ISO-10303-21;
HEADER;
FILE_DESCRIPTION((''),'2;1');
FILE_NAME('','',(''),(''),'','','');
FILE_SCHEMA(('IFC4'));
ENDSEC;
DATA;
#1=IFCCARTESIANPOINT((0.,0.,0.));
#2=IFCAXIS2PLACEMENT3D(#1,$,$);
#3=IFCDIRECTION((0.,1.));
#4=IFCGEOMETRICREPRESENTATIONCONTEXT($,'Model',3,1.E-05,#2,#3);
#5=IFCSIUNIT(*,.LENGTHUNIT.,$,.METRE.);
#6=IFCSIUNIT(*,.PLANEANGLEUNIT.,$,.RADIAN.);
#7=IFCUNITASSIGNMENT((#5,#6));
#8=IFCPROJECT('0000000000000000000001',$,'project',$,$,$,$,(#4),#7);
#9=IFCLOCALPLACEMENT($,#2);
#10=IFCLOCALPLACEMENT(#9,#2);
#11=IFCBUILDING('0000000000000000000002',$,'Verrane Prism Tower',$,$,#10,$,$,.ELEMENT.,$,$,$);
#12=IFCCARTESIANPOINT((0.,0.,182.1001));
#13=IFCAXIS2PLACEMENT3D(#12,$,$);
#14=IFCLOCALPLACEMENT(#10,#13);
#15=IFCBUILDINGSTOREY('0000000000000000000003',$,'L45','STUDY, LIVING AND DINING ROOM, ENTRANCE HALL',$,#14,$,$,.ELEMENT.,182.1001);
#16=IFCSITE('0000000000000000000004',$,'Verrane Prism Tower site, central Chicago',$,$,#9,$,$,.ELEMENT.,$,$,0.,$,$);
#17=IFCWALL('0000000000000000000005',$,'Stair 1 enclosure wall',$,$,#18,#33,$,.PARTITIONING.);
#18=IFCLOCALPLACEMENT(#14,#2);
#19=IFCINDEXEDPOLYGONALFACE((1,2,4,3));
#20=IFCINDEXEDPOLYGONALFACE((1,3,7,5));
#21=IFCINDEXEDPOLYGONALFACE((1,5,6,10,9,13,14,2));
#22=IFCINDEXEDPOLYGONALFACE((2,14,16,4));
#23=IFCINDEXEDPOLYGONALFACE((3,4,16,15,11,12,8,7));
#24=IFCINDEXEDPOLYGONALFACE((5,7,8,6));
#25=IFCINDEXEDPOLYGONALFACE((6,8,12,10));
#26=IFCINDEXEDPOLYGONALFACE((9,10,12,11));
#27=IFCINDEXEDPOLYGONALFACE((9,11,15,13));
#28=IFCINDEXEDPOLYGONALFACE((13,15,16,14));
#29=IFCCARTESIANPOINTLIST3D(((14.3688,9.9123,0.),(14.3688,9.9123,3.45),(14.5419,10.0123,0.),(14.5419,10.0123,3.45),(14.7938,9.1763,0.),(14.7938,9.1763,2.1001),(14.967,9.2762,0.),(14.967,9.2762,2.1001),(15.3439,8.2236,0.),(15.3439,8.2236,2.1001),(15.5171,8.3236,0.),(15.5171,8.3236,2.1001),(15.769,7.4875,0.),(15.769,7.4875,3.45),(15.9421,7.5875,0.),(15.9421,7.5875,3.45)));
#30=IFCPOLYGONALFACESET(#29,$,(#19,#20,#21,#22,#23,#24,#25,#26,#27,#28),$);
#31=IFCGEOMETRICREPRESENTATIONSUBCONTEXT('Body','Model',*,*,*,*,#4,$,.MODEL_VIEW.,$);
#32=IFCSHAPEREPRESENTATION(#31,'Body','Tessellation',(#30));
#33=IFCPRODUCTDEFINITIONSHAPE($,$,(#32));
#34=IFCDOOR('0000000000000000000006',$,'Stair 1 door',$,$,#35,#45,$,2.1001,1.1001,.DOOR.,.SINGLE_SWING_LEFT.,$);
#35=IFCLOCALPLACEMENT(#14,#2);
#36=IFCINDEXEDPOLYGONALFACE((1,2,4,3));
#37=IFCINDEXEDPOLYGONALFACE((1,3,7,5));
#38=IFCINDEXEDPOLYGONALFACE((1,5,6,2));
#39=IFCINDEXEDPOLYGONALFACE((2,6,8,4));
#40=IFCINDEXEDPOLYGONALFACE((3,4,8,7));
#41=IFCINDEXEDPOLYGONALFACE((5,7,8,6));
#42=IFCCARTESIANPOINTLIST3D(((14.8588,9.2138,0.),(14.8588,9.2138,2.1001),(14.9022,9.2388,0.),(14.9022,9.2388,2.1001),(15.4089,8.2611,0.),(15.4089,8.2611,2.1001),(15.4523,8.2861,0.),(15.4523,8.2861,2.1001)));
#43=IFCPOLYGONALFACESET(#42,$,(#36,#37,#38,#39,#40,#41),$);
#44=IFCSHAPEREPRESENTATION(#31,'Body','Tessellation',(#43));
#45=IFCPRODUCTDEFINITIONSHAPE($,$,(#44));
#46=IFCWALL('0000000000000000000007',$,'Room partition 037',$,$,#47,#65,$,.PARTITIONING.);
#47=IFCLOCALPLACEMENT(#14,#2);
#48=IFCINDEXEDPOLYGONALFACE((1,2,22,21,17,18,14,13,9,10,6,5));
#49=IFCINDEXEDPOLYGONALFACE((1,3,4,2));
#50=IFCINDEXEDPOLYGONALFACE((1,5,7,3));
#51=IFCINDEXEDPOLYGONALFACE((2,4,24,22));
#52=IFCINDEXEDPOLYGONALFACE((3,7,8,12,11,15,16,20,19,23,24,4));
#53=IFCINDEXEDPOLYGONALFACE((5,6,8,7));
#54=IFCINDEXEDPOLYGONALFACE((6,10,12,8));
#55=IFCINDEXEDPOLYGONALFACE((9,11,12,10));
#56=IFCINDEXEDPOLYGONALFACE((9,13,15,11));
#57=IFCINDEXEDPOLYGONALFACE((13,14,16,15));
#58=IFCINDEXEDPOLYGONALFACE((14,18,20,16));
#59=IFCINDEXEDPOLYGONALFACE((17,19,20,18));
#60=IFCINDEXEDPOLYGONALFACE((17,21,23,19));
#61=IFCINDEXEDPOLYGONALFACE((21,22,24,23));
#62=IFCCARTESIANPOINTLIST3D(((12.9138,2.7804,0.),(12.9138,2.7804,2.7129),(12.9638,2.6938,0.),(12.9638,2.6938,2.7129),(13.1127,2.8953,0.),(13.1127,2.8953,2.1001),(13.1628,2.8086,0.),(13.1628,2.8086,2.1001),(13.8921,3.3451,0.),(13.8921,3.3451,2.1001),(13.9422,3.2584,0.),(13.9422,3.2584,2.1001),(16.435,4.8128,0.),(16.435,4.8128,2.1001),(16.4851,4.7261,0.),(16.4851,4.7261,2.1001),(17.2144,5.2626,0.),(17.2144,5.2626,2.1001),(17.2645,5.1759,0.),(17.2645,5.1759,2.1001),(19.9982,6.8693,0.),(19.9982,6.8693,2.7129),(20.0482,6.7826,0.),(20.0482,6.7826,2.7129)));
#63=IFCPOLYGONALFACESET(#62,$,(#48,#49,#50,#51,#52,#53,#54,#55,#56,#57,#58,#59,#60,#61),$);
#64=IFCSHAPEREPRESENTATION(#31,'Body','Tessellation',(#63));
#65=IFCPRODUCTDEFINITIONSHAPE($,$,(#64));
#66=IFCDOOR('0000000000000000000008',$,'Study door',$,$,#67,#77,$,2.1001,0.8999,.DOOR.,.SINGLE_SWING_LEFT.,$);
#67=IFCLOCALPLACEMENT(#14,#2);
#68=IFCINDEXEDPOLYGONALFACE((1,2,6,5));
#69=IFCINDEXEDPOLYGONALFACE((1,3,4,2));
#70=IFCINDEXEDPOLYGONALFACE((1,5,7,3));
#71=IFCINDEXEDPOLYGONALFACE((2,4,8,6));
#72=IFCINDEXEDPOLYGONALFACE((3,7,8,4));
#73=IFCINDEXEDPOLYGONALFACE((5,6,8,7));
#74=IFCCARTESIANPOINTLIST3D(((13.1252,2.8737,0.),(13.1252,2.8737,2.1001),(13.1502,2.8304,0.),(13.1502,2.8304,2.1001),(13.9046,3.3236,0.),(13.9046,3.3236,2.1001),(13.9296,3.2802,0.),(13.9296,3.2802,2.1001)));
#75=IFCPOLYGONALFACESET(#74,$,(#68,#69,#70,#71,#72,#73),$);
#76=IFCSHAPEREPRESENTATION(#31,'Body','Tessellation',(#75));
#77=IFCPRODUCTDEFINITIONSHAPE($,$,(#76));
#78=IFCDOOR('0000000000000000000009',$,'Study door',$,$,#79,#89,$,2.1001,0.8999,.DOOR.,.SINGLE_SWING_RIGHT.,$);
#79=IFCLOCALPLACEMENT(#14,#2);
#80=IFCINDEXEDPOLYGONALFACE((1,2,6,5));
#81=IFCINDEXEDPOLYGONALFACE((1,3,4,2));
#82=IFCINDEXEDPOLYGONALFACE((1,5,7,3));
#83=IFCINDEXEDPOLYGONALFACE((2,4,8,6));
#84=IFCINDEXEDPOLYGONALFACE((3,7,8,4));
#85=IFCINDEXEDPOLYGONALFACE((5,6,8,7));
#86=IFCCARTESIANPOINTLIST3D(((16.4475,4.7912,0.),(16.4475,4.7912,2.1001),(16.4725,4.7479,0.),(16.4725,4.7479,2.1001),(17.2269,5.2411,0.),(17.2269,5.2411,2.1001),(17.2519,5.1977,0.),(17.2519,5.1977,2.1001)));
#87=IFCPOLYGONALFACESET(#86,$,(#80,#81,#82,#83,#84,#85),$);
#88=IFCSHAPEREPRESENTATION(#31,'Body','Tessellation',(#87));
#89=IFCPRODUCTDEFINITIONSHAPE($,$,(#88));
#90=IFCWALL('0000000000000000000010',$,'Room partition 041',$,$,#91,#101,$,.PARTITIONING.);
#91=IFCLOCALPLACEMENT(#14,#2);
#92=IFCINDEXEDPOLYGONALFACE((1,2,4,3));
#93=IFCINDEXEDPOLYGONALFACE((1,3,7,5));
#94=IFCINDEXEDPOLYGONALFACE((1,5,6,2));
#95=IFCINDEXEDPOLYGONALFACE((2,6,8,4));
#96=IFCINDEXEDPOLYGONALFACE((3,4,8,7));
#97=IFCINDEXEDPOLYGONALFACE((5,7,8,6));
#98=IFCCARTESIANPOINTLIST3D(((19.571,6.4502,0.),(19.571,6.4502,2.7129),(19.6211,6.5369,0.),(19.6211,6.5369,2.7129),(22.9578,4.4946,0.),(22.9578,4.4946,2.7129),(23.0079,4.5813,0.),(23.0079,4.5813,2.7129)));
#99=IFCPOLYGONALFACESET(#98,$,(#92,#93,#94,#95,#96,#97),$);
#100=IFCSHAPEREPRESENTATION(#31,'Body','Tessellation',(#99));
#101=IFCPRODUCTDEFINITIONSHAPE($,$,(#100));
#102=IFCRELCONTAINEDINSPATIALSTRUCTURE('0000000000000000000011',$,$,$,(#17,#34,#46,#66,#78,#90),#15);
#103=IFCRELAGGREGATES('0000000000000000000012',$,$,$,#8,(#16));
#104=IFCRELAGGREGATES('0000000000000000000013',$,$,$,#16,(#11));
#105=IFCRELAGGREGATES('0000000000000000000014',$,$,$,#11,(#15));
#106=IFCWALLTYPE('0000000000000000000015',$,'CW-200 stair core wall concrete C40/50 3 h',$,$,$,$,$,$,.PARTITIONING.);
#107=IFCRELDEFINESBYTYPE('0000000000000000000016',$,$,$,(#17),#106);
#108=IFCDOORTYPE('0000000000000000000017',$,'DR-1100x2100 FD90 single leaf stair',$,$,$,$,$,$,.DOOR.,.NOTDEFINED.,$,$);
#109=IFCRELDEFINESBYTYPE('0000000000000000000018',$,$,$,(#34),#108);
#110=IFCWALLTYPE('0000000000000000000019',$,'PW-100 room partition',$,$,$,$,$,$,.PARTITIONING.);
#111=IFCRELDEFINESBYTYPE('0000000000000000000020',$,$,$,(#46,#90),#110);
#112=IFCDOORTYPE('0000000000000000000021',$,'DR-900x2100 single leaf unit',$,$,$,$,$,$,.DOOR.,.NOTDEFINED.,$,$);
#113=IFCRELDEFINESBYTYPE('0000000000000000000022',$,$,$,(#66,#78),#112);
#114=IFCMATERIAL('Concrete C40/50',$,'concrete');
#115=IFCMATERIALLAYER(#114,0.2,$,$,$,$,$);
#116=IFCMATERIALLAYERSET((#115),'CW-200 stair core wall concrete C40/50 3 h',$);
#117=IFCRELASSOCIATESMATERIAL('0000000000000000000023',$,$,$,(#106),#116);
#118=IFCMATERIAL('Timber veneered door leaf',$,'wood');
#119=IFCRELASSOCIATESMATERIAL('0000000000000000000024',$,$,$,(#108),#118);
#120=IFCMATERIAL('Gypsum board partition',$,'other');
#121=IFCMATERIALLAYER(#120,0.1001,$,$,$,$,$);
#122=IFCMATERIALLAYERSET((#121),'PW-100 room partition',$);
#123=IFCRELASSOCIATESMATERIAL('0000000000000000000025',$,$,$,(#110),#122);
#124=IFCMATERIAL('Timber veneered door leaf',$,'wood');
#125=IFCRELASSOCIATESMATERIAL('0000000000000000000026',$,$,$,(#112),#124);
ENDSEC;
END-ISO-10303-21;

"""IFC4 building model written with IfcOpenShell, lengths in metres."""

from ifc_helpers import new_model, si_unit, direction, frame, frame_2d, origin, place, context, subcontext, project, spatial, rectangle, extrude, material, layer, layer_set, type_object, element, fill, save


model = new_model("IFC4")

# Units and contexts
model_context = context("Model", 3, precision=1e-05, world=origin(), true_north=direction((0.0, 1.0)))
body_context = subcontext(model_context, "Body", "Model", "MODEL_VIEW")
ifc_project = project(units=[si_unit("LENGTHUNIT", "METRE"), si_unit("PLANEANGLEUNIT", "RADIAN")], contexts=[model_context])

# Site, building, storey
site_placement = place(None, origin())
site = spatial("IfcSite", under=ifc_project, at=site_placement, Name="Verrane Prism Tower site, central Chicago", CompositionType="ELEMENT", RefElevation=0.0)
building_placement = place(site_placement, origin())
building = spatial("IfcBuilding", under=site, at=building_placement, Name="Verrane Prism Tower", CompositionType="ELEMENT")
storey_placement = place(building_placement, frame((0.0, 0.0, 182.1001)))
storey = spatial("IfcBuildingStorey", under=building, at=storey_placement, Name="L45", Description="STUDY, LIVING AND DINING ROOM, ENTRANCE HALL", CompositionType="ELEMENT", Elevation=182.1001)

# Wall, opening, door
ifc_material_1 = material(Name="Concrete C40/50", Category="concrete")
ifc_layer_1 = layer(ifc_material_1, 0.2)
ifc_layer_set_1 = layer_set([ifc_layer_1], Name="CW-200 stair core wall concrete C40/50 3 h")
wall_type_1 = type_object("IfcWallType", Name="CW-200 stair core wall concrete C40/50 3 h", PredefinedType="PARTITIONING", material=ifc_layer_set_1)
wall_1_placement = place(storey_placement, frame((15.8555, 7.5376, 0.0), z_axis=(0.0, 0.0, 1.0), x_axis=(-0.50005, 0.865997, 0.0)))
wall_1 = element("IfcWall", 1, at=wall_1_placement, inside=storey, type_object=wall_type_1, Name="Stair 1 enclosure wall", PredefinedType="PARTITIONING", context=body_context, shape_type="SweptSolid", body=[
    extrude(rectangle(XDim=2.8, YDim=0.2, at=frame_2d((1.3999, 0.0))), origin(), (0.0, 0.0, 1.0), 3.45),
])
opening_1_placement = place(wall_1_placement, frame((0.8499, 0.0, 0.0)))
opening_1 = element("IfcOpeningElement", 2, at=opening_1_placement, cuts=wall_1, PredefinedType="OPENING", context=body_context, shape_type="SweptSolid", body=[
    extrude(rectangle(XDim=1.1001, YDim=2.1001, at=frame_2d((0.55, 1.05))), frame((0.0, 0.1099, 0.0), z_axis=(0.0, -1.0, 0.0), x_axis=(1.0, 0.0, 0.0)), (0.0, 0.0, 1.0), 0.22),
])
ifc_material_2 = material(Name="Timber veneered door leaf", Category="wood")
door_type_1 = type_object("IfcDoorType", Name="DR-1100x2100 FD90 single leaf stair", OperationType="NOTDEFINED", PredefinedType="DOOR", material=ifc_material_2)
door_1_placement = place(opening_1_placement, origin())
door_1 = element("IfcDoor", 3, at=door_1_placement, inside=storey, type_object=door_type_1, Name="Stair 1 door", OperationType="SINGLE_SWING_LEFT", OverallHeight=2.1001, OverallWidth=1.1001, PredefinedType="DOOR", context=body_context, shape_type="SweptSolid", body=[
    extrude(rectangle(XDim=1.1001, YDim=2.1001, at=frame_2d((0.55, 1.05))), frame((0.0, 0.0249, 0.0), z_axis=(0.0, -1.0, 0.0), x_axis=(1.0, 0.0, 0.0)), (0.0, 0.0, 1.0), 0.05),
])
fill(opening_1, door_1)

# Wall, openings, doors
ifc_material_3 = material(Name="Gypsum board partition", Category="other")
ifc_layer_2 = layer(ifc_material_3, 0.1001)
ifc_layer_set_2 = layer_set([ifc_layer_2], Name="PW-100 room partition")
wall_type_2 = type_object("IfcWallType", Name="PW-100 room partition", PredefinedType="PARTITIONING", material=ifc_layer_set_2)
wall_2_placement = place(storey_placement, frame((20.0232, 6.8259, 0.0), z_axis=(0.0, 0.0, 1.0), x_axis=(-0.866097, -0.499876, 0.0)))
wall_2 = element("IfcWall", 4, at=wall_2_placement, inside=storey, type_object=wall_type_2, Name="Room partition 037", PredefinedType="PARTITIONING", context=body_context, shape_type="SweptSolid", body=[
    extrude(rectangle(XDim=8.1797, YDim=0.1001, at=frame_2d((4.0898, 0.0))), origin(), (0.0, 0.0, 1.0), 2.7129),
])
opening_2_placement = place(wall_2_placement, frame((7.05, 0.0, 0.0)))
opening_2 = element("IfcOpeningElement", 5, at=opening_2_placement, cuts=wall_2, PredefinedType="OPENING", context=body_context, shape_type="SweptSolid", body=[
    extrude(rectangle(XDim=0.8999, YDim=2.1001, at=frame_2d((0.45, 1.05))), frame((0.0, 0.0601, 0.0), z_axis=(0.0, -1.0, 0.0), x_axis=(1.0, 0.0, 0.0)), (0.0, 0.0, 1.0), 0.1201),
])
opening_3_placement = place(wall_2_placement, frame((3.2141, 0.0, 0.0)))
opening_3 = element("IfcOpeningElement", 6, at=opening_3_placement, cuts=wall_2, PredefinedType="OPENING", context=body_context, shape_type="SweptSolid", body=[
    extrude(rectangle(XDim=0.8999, YDim=2.1001, at=frame_2d((0.45, 1.05))), frame((0.0, 0.0601, 0.0), z_axis=(0.0, -1.0, 0.0), x_axis=(1.0, 0.0, 0.0)), (0.0, 0.0, 1.0), 0.1201),
])
ifc_material_4 = material(Name="Timber veneered door leaf", Category="wood")
door_type_2 = type_object("IfcDoorType", Name="DR-900x2100 single leaf unit", OperationType="NOTDEFINED", PredefinedType="DOOR", material=ifc_material_4)
door_2_placement = place(opening_2_placement, origin())
door_2 = element("IfcDoor", 7, at=door_2_placement, inside=storey, type_object=door_type_2, Name="Study door", OperationType="SINGLE_SWING_LEFT", OverallHeight=2.1001, OverallWidth=0.8999, PredefinedType="DOOR", context=body_context, shape_type="SweptSolid", body=[
    extrude(rectangle(XDim=0.8999, YDim=2.1001, at=frame_2d((0.45, 1.05))), frame((0.0, 0.0249, 0.0), z_axis=(0.0, -1.0, 0.0), x_axis=(1.0, 0.0, 0.0)), (0.0, 0.0, 1.0), 0.05),
])
fill(opening_2, door_2)
door_3_placement = place(opening_3_placement, origin())
door_3 = element("IfcDoor", 8, at=door_3_placement, inside=storey, type_object=door_type_2, Name="Study door", OperationType="SINGLE_SWING_RIGHT", OverallHeight=2.1001, OverallWidth=0.8999, PredefinedType="DOOR", context=body_context, shape_type="SweptSolid", body=[
    extrude(rectangle(XDim=0.8999, YDim=2.1001, at=frame_2d((0.45, 1.05))), frame((0.0, 0.0249, 0.0), z_axis=(0.0, -1.0, 0.0), x_axis=(1.0, 0.0, 0.0)), (0.0, 0.0, 1.0), 0.05),
])
fill(opening_3, door_3)

# Wall
wall_3_placement = place(storey_placement, frame((19.5959, 6.4937, 0.0), z_axis=(0.0, 0.0, 1.0), x_axis=(0.865998, -0.500047, 0.0)))
element("IfcWall", 9, at=wall_3_placement, inside=storey, type_object=wall_type_2, Name="Room partition 041", PredefinedType="PARTITIONING", context=body_context, shape_type="SweptSolid", body=[
    extrude(rectangle(XDim=3.9109, YDim=0.1001, at=frame_2d((1.9556, 0.0))), origin(), (0.0, 0.0, 1.0), 2.7129),
])

save(model, "model.ifc")
